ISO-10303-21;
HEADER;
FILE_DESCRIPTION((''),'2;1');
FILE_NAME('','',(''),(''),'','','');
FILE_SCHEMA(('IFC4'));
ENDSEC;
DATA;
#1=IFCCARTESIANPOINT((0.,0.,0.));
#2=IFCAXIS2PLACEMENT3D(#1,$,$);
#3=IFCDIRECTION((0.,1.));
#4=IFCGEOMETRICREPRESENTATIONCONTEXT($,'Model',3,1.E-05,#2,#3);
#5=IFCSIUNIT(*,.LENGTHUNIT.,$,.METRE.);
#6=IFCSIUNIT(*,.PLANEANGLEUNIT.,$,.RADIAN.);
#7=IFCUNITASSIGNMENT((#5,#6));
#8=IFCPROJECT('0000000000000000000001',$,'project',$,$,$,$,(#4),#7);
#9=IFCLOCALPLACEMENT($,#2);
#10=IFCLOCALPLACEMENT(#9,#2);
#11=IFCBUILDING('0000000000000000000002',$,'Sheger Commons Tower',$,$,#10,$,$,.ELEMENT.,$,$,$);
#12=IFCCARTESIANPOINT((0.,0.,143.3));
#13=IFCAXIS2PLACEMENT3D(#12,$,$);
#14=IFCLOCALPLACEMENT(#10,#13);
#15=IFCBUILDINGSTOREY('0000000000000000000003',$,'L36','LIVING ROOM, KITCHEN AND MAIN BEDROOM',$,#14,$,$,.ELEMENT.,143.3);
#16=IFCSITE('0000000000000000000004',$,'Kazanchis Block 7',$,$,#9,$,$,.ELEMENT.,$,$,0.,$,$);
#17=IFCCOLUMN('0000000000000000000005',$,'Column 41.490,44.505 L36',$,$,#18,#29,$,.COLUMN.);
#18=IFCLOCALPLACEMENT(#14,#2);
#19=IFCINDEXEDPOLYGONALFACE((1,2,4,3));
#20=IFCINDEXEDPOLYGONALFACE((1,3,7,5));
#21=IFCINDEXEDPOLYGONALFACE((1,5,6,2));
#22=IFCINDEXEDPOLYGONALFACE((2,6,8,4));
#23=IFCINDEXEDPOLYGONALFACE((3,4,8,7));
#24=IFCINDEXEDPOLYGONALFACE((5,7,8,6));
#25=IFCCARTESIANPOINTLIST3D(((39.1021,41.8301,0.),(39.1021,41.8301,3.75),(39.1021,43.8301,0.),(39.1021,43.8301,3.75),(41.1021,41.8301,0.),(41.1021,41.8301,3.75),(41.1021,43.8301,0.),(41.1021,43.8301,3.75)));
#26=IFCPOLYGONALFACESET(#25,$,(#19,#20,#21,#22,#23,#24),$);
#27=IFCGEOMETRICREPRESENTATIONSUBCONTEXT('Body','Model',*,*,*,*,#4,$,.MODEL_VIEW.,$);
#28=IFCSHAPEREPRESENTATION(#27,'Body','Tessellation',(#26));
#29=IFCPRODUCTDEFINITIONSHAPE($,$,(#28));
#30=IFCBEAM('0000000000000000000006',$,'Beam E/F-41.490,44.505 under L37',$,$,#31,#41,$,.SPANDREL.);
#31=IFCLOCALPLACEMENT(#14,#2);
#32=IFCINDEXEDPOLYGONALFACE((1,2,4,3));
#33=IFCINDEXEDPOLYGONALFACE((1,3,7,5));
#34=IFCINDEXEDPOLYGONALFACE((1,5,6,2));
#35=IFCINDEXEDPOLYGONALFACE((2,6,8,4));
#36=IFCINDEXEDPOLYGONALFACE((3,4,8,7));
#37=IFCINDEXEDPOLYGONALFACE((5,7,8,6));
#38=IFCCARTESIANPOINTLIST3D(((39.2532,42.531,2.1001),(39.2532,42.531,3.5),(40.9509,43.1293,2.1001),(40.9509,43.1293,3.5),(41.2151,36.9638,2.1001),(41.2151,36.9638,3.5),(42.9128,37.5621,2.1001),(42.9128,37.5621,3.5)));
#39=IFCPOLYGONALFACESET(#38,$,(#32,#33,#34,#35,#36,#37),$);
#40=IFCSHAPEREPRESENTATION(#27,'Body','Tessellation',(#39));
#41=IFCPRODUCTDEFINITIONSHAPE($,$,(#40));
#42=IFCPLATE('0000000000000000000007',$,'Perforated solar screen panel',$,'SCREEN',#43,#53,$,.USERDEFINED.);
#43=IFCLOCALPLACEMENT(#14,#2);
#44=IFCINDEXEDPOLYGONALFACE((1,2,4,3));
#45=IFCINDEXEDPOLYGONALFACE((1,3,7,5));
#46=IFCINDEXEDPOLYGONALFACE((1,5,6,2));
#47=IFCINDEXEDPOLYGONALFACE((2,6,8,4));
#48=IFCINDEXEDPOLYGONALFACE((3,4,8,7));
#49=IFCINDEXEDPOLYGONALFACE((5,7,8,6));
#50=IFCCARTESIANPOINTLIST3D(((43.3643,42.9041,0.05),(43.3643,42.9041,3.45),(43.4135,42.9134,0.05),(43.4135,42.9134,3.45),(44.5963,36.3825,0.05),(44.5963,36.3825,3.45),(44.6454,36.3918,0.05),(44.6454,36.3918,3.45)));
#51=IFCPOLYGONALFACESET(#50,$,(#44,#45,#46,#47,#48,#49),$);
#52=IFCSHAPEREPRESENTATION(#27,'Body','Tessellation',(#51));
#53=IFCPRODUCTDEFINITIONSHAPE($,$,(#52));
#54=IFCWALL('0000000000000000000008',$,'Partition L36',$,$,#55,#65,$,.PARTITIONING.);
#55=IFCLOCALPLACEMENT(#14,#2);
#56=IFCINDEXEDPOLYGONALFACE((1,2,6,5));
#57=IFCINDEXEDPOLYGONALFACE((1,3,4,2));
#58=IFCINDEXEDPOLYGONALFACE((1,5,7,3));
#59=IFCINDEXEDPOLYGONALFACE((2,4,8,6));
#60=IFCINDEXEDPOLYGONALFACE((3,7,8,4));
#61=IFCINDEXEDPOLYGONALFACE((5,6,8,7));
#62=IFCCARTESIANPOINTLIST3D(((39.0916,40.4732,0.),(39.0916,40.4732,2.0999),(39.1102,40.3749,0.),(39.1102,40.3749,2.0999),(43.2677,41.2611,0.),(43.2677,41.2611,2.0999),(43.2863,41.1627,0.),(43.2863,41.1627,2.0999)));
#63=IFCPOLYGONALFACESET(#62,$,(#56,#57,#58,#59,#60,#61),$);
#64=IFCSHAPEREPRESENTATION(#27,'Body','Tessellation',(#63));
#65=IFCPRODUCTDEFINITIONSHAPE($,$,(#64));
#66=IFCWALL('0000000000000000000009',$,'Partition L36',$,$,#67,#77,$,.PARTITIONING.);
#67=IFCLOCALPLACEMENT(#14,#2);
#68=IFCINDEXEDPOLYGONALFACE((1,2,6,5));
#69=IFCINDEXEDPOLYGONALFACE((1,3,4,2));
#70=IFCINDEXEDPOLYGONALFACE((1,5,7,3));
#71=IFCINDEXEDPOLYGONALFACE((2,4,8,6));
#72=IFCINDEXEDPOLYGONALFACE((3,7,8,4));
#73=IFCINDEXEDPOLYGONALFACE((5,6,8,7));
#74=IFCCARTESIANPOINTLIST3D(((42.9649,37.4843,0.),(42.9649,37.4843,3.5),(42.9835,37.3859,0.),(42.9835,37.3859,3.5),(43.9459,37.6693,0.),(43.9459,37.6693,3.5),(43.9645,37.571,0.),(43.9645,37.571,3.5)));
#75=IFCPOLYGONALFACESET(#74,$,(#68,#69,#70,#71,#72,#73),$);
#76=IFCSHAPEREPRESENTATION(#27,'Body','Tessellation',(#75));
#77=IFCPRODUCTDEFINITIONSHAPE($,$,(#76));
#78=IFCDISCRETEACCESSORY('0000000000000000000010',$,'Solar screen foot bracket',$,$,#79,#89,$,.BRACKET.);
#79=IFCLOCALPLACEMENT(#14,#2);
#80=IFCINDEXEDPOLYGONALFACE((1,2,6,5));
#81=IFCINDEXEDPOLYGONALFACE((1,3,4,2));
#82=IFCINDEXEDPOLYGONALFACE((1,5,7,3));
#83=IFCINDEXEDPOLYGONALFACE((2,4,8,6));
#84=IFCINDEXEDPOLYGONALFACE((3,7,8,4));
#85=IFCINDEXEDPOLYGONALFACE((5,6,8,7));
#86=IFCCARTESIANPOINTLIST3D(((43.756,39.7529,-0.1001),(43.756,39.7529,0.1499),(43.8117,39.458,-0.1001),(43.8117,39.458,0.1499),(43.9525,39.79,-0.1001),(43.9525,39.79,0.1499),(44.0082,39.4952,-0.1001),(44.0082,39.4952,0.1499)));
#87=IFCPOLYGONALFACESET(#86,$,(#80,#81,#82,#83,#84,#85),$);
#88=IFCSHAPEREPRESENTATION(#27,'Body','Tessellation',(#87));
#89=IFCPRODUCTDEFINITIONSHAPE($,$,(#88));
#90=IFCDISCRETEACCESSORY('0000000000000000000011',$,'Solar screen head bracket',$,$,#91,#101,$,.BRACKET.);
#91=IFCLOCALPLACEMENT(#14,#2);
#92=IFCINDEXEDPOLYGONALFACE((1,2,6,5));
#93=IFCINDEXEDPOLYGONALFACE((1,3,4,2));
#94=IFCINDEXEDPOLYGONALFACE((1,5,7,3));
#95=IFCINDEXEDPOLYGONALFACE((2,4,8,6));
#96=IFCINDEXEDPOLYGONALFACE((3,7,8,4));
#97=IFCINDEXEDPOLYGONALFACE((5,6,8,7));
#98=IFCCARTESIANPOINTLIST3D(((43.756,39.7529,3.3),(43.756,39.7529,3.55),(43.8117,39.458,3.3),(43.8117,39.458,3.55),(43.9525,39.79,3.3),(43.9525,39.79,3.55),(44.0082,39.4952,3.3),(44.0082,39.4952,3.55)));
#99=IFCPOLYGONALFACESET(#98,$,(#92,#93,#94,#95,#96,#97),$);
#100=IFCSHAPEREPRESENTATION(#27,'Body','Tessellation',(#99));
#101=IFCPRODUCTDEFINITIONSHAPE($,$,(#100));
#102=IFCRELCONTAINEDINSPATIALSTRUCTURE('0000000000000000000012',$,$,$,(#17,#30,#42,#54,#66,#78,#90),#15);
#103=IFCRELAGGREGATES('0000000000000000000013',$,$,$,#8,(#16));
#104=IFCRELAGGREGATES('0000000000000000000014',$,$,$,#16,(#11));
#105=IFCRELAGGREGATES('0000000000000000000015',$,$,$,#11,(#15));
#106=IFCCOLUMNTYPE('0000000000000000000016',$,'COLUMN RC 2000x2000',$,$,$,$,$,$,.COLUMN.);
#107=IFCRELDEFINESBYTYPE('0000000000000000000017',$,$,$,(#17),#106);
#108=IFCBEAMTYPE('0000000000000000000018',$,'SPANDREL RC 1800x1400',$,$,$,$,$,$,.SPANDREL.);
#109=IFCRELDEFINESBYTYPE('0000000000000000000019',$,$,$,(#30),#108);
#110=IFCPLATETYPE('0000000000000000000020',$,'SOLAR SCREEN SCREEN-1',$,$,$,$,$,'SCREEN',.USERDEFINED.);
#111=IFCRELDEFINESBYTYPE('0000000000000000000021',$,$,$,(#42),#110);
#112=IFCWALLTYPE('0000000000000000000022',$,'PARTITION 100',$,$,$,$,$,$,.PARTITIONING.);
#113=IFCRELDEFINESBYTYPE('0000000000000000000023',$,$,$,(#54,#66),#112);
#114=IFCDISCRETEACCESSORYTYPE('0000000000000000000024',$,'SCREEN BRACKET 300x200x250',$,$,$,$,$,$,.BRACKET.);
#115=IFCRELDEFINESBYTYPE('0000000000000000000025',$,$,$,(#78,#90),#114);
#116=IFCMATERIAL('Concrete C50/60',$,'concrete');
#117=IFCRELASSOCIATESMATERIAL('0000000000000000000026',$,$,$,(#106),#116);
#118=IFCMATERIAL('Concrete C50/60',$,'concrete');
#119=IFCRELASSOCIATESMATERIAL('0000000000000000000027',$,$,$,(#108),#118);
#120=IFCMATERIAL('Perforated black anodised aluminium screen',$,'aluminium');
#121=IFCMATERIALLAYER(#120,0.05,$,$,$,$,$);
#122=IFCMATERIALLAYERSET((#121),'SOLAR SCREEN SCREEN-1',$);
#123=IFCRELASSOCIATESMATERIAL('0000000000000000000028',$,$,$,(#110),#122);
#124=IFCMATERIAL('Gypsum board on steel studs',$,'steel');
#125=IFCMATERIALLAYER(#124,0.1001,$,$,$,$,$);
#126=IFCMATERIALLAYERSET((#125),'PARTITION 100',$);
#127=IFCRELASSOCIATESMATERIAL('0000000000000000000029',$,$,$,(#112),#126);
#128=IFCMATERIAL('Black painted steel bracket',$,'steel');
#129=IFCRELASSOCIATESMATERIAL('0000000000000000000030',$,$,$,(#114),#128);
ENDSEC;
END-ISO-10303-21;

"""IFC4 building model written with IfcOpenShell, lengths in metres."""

from ifc_helpers import new_model, si_unit, direction, frame, frame_2d, origin, origin_2d, place, context, subcontext, project, spatial, rectangle, extrude, material, layer, layer_set, material_profile, profile_set, type_object, element, save


model = new_model("IFC4")

# Units and contexts
model_context = context("Model", 3, precision=1e-05, world=origin(), true_north=direction((0.0, 1.0)))
body_context = subcontext(model_context, "Body", "Model", "MODEL_VIEW")
ifc_project = project(units=[si_unit("LENGTHUNIT", "METRE"), si_unit("PLANEANGLEUNIT", "RADIAN")], contexts=[model_context])

# Site, building, storey
site_placement = place(None, origin())
site = spatial("IfcSite", under=ifc_project, at=site_placement, Name="Kazanchis Block 7", CompositionType="ELEMENT", RefElevation=0.0)
building_placement = place(site_placement, origin())
building = spatial("IfcBuilding", under=site, at=building_placement, Name="Sheger Commons Tower", CompositionType="ELEMENT")
storey_placement = place(building_placement, frame((0.0, 0.0, 143.3)))
storey = spatial("IfcBuildingStorey", under=building, at=storey_placement, Name="L36", Description="LIVING ROOM, KITCHEN AND MAIN BEDROOM", CompositionType="ELEMENT", Elevation=143.3)

# Column
ifc_material_1 = material(Name="Concrete C50/60", Category="concrete")
ifc_material_profile_1 = material_profile(ifc_material_1, rectangle(XDim=2.0, YDim=2.0, at=origin_2d()), Name="RC 2000x2000")
ifc_profile_set_1 = profile_set([ifc_material_profile_1], Name="Concrete C50/60")
column_type = type_object("IfcColumnType", Name="COLUMN RC 2000x2000", PredefinedType="COLUMN", material=ifc_profile_set_1)
column_placement = place(storey_placement, frame((40.1021, 42.8301, 0.0), z_axis=(0.0, 0.0, 1.0), x_axis=(1.0, 0.0, 0.0)))
element("IfcColumn", 1, at=column_placement, inside=storey, type_object=column_type, Name="Column 41.490,44.505 L36", PredefinedType="COLUMN", context=body_context, shape_type="SweptSolid", body=[
    extrude(rectangle(XDim=2.0, YDim=2.0, at=origin_2d()), origin(), (0.0, 0.0, 1.0), 3.75),
])

# Beam
ifc_material_2 = material(Name="Concrete C50/60", Category="concrete")
ifc_material_profile_2 = material_profile(ifc_material_2, rectangle(XDim=1.8, YDim=1.3999, at=origin_2d()), Name="RC 1800x1400")
ifc_profile_set_2 = profile_set([ifc_material_profile_2], Name="Concrete C50/60")
beam_type = type_object("IfcBeamType", Name="SPANDREL RC 1800x1400", PredefinedType="SPANDREL", material=ifc_profile_set_2)
beam_placement = place(storey_placement, frame((42.064, 37.2629, 2.8), z_axis=(-0.332374, 0.943148, 0.0), x_axis=(-0.943148, -0.332374, 0.0)))
element("IfcBeam", 2, at=beam_placement, inside=storey, type_object=beam_type, Name="Beam E/F-41.490,44.505 under L37", PredefinedType="SPANDREL", context=body_context, shape_type="SweptSolid", body=[
    extrude(rectangle(XDim=1.8, YDim=1.3999, at=origin_2d()), origin(), (0.0, 0.0, 1.0), 5.9028),
])

# Plate
ifc_material_3 = material(Name="Perforated black anodised aluminium screen", Category="aluminium")
ifc_layer_1 = layer(ifc_material_3, 0.05)
ifc_layer_set_1 = layer_set([ifc_layer_1], Name="SOLAR SCREEN SCREEN-1")
plate_type = type_object("IfcPlateType", Name="SOLAR SCREEN SCREEN-1", ElementType="SCREEN", PredefinedType="USERDEFINED", material=ifc_layer_set_1)
plate_placement = place(storey_placement, frame((44.0049, 39.6479, 0.05), z_axis=(0.0, 0.0, 1.0), x_axis=(-0.185615, 0.982623, 0.0)))
element("IfcPlate", 3, at=plate_placement, inside=storey, type_object=plate_type, Name="Perforated solar screen panel", ObjectType="SCREEN", PredefinedType="USERDEFINED", context=body_context, shape_type="SweptSolid", body=[
    extrude(rectangle(XDim=6.637, YDim=0.05, at=origin_2d()), origin(), (0.0, 0.0, 1.0), 3.3999),
])

# Walls
ifc_material_4 = material(Name="Gypsum board on steel studs", Category="steel")
ifc_layer_2 = layer(ifc_material_4, 0.1001)
ifc_layer_set_2 = layer_set([ifc_layer_2], Name="PARTITION 100")
wall_type = type_object("IfcWallType", Name="PARTITION 100", PredefinedType="PARTITIONING", material=ifc_layer_set_2)
wall_1_placement = place(storey_placement, frame((43.2771, 41.2119, 0.0), z_axis=(0.0, 0.0, 1.0), x_axis=(-0.982665, -0.185388, 0.0)))
element("IfcWall", 4, at=wall_1_placement, inside=storey, type_object=wall_type, Name="Partition L36", PredefinedType="PARTITIONING", context=body_context, shape_type="SweptSolid", body=[
    extrude(rectangle(XDim=4.2498, YDim=0.1001, at=frame_2d((2.125, 0.0))), origin(), (0.0, 0.0, 1.0), 2.0999),
])
wall_2_placement = place(storey_placement, frame((43.9551, 37.6201, 0.0), z_axis=(0.0, 0.0, 1.0), x_axis=(-0.982667, -0.185381, 0.0)))
element("IfcWall", 5, at=wall_2_placement, inside=storey, type_object=wall_type, Name="Partition L36", PredefinedType="PARTITIONING", context=body_context, shape_type="SweptSolid", body=[
    extrude(rectangle(XDim=0.9983, YDim=0.1001, at=frame_2d((0.499, 0.0))), origin(), (0.0, 0.0, 1.0), 3.5),
])

# Discrete accessories
ifc_material_5 = material(Name="Black painted steel bracket", Category="steel")
discrete_accessory_type = type_object("IfcDiscreteAccessoryType", Name="SCREEN BRACKET 300x200x250", PredefinedType="BRACKET", material=ifc_material_5)
for number, where, z_axis, x_axis, name in (
    (6, (43.8821, 39.624, -0.1001), (0.0, 0.0, 1.0), (-0.185615, 0.982623, 0.0), "Solar screen foot bracket"),
    (7, (43.8821, 39.624, 3.3), (0.0, 0.0, 1.0), (-0.185615, 0.982623, 0.0), "Solar screen head bracket"),
):
    element("IfcDiscreteAccessory", number, at=place(storey_placement, frame(where, z_axis=z_axis, x_axis=x_axis)), inside=storey, type_object=discrete_accessory_type, Name=name, PredefinedType="BRACKET", context=body_context, shape_type="SweptSolid", body=[
        extrude(rectangle(XDim=0.3, YDim=0.2, at=origin_2d()), origin(), (0.0, 0.0, 1.0), 0.25),
    ])

save(model, "model.ifc")
